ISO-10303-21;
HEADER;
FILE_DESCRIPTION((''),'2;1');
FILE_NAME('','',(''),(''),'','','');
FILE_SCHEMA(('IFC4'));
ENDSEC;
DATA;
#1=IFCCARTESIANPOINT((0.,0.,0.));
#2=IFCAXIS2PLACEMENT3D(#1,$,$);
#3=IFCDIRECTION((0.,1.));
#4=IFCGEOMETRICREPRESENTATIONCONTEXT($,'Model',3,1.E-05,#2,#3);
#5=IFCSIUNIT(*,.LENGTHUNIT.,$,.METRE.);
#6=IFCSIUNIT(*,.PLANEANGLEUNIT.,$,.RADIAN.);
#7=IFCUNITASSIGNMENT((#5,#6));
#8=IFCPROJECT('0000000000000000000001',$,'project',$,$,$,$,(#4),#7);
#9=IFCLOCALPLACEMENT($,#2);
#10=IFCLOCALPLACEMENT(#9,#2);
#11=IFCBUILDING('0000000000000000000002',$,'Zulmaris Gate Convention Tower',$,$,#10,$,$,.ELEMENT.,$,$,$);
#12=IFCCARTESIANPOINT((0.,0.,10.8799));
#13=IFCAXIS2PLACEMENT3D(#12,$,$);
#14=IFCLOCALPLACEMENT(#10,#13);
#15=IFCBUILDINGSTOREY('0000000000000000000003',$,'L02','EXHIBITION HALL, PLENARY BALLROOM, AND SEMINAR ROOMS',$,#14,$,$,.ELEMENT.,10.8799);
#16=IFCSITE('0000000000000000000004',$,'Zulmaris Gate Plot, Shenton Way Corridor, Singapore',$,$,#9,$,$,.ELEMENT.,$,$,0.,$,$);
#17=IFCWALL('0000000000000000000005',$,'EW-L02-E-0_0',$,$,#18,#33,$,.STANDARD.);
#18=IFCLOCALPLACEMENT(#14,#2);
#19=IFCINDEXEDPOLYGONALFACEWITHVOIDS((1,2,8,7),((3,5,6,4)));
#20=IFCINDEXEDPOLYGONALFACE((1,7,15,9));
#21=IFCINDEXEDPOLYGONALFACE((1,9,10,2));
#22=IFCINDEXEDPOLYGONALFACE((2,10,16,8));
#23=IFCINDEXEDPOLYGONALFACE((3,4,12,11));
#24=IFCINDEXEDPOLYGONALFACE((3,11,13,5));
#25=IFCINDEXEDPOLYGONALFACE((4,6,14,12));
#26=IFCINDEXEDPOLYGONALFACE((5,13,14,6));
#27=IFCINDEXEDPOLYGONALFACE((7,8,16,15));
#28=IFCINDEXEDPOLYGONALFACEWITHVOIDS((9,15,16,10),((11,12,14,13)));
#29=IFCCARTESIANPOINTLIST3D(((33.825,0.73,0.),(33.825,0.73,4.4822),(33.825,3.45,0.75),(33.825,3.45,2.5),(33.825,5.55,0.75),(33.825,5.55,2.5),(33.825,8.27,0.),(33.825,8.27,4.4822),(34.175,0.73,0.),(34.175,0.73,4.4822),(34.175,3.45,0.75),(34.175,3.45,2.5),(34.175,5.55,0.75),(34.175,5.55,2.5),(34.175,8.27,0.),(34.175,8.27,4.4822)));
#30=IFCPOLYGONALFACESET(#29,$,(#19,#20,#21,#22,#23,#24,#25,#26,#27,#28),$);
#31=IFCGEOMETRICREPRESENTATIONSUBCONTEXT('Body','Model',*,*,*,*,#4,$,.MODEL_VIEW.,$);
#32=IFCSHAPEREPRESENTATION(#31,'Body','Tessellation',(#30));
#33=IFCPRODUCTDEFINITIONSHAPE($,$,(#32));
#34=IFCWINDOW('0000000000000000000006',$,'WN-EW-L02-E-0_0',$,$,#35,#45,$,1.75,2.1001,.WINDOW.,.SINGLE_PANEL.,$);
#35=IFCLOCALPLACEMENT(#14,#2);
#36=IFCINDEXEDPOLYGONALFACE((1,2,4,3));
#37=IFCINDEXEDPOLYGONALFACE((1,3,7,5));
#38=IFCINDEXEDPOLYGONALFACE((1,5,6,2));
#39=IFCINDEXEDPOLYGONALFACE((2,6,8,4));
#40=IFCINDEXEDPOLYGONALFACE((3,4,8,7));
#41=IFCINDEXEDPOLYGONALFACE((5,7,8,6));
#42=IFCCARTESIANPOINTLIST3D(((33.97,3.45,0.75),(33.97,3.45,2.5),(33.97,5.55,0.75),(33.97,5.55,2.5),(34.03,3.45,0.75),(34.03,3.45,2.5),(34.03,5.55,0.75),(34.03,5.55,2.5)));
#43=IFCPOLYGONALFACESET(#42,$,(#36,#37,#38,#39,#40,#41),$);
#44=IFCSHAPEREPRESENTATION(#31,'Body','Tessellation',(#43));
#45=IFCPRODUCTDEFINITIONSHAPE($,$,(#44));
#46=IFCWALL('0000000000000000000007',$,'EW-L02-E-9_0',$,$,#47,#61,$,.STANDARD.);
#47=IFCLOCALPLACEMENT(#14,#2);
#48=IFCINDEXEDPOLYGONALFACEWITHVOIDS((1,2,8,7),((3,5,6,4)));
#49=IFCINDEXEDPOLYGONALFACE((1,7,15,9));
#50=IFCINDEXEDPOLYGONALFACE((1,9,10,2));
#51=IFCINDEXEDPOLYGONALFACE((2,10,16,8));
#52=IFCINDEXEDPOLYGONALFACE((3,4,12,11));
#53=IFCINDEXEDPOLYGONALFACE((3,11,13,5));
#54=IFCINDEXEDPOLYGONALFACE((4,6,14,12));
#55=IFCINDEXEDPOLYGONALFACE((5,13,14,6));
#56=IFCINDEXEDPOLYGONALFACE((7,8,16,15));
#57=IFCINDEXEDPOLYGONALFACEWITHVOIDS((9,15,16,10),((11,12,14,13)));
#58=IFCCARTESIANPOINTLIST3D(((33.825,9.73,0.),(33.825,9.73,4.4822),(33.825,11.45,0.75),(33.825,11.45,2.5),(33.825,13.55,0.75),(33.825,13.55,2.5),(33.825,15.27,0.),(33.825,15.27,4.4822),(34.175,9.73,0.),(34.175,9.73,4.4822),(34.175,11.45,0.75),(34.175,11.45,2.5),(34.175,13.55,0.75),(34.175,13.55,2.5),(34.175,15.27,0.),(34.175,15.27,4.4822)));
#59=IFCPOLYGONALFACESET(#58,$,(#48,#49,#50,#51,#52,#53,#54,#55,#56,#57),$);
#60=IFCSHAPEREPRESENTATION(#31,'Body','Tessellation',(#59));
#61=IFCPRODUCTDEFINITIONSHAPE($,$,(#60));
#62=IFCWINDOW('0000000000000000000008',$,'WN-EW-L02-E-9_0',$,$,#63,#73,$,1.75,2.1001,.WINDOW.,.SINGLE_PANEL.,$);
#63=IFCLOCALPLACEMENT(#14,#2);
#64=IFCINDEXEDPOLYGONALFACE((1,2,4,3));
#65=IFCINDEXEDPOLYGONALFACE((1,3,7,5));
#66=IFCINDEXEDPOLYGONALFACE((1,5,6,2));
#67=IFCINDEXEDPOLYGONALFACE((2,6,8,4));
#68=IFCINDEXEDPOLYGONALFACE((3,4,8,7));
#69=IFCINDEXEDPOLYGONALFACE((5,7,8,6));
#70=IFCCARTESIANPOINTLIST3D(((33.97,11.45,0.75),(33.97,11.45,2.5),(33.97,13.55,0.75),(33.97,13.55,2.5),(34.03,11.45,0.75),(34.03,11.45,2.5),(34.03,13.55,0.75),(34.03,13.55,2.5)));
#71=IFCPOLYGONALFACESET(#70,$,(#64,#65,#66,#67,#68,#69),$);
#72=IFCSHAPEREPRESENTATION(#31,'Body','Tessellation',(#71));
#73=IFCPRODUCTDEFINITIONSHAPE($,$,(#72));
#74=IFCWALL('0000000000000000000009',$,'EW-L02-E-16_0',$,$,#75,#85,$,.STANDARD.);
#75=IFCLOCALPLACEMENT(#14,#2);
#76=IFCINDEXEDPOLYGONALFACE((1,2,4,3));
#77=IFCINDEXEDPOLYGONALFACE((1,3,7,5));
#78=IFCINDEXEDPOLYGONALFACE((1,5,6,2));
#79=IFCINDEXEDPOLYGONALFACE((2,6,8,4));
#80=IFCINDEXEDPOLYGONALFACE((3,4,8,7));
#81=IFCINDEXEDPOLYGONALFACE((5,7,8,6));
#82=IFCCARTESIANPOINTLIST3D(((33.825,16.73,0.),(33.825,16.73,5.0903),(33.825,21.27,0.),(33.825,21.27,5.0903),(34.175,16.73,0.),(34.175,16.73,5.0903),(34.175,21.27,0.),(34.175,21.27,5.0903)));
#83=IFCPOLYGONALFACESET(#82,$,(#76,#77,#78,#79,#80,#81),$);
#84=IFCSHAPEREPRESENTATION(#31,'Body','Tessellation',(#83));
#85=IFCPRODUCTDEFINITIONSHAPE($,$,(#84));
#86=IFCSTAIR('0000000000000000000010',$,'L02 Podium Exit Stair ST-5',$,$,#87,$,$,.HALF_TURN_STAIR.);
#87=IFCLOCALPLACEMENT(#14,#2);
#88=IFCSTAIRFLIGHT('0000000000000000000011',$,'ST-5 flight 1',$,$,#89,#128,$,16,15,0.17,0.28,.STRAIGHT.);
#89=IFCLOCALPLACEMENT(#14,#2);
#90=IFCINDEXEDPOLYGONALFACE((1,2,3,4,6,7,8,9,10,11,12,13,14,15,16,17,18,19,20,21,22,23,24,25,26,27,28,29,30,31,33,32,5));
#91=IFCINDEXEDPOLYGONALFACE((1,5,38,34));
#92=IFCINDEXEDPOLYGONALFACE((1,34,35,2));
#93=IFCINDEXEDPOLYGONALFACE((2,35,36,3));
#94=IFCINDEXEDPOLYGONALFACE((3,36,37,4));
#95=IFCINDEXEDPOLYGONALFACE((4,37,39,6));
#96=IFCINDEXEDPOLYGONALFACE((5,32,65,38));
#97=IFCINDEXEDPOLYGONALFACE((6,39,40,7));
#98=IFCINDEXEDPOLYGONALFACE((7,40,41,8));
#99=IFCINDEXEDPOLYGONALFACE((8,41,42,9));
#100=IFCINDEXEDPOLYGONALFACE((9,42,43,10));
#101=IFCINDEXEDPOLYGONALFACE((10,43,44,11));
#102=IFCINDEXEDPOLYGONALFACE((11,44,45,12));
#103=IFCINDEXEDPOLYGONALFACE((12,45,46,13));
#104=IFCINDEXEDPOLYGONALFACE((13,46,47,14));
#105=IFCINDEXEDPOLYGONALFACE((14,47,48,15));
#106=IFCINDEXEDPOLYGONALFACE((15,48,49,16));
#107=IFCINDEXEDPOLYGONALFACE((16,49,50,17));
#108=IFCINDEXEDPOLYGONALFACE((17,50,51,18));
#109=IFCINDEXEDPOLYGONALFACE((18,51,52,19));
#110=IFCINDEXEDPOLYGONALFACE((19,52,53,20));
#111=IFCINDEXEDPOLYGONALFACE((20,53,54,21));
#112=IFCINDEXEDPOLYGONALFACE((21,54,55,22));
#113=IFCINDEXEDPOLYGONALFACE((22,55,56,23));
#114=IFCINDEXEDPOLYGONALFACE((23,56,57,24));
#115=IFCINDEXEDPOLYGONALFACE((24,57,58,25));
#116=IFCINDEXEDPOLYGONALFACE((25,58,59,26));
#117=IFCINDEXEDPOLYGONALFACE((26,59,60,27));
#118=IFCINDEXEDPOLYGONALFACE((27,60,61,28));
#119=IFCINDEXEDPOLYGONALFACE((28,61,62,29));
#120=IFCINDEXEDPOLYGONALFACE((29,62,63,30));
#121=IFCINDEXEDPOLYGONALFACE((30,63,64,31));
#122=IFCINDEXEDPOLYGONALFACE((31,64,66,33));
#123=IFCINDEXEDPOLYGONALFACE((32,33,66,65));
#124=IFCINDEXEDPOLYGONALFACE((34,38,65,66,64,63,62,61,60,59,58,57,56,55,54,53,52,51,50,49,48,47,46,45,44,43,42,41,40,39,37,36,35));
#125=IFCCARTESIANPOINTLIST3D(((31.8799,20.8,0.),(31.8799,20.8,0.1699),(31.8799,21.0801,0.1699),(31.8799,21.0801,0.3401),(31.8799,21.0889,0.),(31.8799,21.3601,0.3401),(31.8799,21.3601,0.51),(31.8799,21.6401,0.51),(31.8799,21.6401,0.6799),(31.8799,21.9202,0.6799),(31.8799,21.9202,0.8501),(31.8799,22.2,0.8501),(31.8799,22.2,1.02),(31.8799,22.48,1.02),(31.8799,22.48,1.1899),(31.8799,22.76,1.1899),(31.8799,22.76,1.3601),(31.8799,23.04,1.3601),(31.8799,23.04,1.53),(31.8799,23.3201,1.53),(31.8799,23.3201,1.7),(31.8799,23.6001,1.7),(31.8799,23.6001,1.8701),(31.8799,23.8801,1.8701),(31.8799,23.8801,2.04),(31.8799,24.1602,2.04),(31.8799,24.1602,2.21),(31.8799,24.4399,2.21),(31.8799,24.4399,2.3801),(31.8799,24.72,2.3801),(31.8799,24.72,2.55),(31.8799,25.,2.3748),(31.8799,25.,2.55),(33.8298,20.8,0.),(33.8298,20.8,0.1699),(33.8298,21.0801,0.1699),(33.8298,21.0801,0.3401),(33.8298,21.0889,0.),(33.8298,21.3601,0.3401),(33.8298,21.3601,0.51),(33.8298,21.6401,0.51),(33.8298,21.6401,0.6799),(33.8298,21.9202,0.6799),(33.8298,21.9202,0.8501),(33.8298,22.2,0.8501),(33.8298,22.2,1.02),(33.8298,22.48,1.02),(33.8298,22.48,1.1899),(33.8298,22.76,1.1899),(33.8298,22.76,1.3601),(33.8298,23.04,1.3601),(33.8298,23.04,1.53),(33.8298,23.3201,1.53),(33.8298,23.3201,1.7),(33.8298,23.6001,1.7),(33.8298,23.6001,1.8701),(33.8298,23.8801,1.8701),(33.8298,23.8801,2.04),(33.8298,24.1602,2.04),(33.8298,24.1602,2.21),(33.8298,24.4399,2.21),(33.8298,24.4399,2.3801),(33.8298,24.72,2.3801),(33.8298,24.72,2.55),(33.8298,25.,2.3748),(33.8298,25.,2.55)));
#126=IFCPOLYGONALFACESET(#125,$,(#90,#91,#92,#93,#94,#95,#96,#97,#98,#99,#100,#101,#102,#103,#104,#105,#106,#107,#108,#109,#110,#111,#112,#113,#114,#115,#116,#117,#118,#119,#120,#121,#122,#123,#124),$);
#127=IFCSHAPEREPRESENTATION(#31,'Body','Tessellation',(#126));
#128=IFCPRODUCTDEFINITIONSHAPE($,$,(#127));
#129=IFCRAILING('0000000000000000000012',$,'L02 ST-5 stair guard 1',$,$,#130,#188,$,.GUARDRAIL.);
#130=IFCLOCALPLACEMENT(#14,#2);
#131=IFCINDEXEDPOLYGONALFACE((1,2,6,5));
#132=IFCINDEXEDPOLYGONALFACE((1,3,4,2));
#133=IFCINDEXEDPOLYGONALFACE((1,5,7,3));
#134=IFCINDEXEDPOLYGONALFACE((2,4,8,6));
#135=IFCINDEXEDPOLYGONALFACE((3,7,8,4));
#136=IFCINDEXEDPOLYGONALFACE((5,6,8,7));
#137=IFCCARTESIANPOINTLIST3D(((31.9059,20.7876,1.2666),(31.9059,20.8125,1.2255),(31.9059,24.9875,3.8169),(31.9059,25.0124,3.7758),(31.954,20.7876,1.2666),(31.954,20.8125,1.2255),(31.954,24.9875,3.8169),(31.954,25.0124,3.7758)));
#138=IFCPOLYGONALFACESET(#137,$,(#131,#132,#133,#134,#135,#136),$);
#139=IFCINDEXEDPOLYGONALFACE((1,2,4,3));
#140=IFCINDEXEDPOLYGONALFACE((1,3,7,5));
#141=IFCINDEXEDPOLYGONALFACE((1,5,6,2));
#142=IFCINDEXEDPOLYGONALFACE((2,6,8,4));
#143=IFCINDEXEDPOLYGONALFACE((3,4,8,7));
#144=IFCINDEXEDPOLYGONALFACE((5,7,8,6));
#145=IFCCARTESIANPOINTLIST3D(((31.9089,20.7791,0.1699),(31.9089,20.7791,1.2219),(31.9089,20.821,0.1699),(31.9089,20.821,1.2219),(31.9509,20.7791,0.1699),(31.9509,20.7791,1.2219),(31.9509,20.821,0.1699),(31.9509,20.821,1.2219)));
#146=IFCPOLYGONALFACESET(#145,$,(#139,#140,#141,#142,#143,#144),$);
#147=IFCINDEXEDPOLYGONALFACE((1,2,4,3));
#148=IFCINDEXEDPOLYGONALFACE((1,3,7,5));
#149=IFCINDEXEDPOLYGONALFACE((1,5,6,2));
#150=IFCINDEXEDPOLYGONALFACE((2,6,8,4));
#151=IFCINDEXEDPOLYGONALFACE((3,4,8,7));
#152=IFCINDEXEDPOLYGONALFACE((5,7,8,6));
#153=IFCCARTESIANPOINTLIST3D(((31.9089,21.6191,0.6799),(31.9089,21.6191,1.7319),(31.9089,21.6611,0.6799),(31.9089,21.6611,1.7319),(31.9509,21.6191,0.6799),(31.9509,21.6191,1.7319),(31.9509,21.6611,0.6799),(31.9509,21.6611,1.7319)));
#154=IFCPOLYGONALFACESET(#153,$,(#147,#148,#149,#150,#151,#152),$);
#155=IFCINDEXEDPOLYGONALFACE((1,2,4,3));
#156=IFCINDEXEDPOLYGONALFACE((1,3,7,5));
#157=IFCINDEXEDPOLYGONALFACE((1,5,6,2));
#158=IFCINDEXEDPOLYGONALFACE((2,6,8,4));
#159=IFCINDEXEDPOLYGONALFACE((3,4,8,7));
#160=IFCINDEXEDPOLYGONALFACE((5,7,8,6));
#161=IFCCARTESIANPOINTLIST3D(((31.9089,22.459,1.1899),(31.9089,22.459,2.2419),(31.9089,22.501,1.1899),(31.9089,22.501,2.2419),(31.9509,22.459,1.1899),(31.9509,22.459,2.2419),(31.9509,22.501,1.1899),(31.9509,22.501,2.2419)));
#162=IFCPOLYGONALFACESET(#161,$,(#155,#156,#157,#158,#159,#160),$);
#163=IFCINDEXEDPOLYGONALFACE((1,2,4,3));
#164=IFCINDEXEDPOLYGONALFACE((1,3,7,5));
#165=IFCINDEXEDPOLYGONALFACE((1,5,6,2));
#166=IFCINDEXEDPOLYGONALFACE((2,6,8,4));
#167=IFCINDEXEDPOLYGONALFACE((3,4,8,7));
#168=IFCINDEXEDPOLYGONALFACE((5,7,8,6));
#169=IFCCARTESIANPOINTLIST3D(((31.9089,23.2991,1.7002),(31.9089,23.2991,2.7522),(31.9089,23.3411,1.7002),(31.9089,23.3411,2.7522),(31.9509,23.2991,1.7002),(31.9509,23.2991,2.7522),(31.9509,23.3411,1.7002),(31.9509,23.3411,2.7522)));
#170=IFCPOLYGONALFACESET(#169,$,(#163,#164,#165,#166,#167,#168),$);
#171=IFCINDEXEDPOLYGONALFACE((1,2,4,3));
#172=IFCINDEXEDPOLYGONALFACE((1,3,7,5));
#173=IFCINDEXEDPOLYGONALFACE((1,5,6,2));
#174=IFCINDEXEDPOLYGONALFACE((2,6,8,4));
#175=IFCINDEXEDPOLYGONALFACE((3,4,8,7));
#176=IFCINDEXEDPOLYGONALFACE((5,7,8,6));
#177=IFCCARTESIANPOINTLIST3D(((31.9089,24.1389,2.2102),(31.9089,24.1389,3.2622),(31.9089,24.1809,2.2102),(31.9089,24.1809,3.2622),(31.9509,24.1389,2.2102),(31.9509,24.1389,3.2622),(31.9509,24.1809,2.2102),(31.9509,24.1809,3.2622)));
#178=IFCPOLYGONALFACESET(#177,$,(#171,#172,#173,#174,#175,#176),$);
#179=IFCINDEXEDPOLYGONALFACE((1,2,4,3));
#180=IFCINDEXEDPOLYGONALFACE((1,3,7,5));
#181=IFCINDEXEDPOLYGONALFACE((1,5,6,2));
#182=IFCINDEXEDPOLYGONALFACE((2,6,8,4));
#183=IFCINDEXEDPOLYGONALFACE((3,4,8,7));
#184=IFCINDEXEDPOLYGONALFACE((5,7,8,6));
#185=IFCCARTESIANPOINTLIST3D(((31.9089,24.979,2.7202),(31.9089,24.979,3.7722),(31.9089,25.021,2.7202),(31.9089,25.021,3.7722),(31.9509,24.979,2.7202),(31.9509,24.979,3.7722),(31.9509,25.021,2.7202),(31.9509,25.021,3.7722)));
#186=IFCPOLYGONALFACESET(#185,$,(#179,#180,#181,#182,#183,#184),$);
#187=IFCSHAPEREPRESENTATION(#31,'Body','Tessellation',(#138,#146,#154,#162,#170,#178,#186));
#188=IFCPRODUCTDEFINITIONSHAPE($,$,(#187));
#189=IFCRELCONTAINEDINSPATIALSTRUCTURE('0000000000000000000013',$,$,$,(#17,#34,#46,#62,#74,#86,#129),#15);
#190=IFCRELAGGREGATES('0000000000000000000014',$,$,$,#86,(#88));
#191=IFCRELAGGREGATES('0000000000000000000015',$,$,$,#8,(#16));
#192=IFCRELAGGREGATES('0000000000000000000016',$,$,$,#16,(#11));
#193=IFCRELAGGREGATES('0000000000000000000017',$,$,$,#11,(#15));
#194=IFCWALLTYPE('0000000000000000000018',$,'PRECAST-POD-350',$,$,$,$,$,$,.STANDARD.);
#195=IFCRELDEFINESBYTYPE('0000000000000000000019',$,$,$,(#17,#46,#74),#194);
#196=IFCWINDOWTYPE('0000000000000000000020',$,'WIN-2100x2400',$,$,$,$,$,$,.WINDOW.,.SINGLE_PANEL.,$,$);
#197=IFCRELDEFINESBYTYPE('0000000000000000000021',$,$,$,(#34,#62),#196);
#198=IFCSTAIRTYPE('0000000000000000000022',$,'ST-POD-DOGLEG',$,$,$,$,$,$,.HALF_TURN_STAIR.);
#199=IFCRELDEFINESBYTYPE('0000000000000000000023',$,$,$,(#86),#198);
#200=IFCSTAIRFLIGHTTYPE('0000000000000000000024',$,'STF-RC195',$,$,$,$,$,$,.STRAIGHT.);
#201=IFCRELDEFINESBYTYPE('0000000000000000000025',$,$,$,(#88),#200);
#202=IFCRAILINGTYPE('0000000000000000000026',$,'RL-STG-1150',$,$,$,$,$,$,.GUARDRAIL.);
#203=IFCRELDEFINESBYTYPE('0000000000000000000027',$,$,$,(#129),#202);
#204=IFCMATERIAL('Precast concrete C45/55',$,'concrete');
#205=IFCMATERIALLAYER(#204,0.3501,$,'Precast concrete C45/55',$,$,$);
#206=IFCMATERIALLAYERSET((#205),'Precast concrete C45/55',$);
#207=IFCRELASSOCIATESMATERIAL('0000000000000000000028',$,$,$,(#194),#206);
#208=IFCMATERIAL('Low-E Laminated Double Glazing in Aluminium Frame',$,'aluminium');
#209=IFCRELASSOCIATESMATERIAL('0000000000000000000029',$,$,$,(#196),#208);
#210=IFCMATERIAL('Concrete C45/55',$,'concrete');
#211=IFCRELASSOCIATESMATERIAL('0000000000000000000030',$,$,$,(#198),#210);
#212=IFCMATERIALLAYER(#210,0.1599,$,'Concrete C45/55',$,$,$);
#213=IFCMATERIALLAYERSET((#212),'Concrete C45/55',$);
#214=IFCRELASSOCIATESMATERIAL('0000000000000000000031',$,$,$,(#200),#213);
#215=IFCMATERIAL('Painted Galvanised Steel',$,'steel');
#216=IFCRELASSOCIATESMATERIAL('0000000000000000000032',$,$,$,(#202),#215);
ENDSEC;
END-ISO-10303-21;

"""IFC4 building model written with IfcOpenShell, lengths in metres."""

from ifc_helpers import new_model, si_unit, direction, frame, frame_2d, origin, origin_2d, place, context, subcontext, project, spatial, polyline, rectangle, outline, extrude, material, layer, layer_set, type_object, element, fill, aggregate, save


model = new_model("IFC4")

# Units and contexts
model_context = context("Model", 3, precision=1e-05, world=origin(), true_north=direction((0.0, 1.0)))
body_context = subcontext(model_context, "Body", "Model", "MODEL_VIEW")
ifc_project = project(units=[si_unit("LENGTHUNIT", "METRE"), si_unit("PLANEANGLEUNIT", "RADIAN")], contexts=[model_context])

# Site, building, storey
site_placement = place(None, origin())
site = spatial("IfcSite", under=ifc_project, at=site_placement, Name="Zulmaris Gate Plot, Shenton Way Corridor, Singapore", CompositionType="ELEMENT", RefElevation=0.0)
building_placement = place(site_placement, origin())
building = spatial("IfcBuilding", under=site, at=building_placement, Name="Zulmaris Gate Convention Tower", CompositionType="ELEMENT")
storey_placement = place(building_placement, frame((0.0, 0.0, 10.8799)))
storey = spatial("IfcBuildingStorey", under=building, at=storey_placement, Name="L02", Description="EXHIBITION HALL, PLENARY BALLROOM, AND SEMINAR ROOMS", CompositionType="ELEMENT", Elevation=10.8799)

# Walls, openings, windows
ifc_material_1 = material(Name="Precast concrete C45/55", Category="concrete")
ifc_layer_1 = layer(ifc_material_1, 0.3501, Name="Precast concrete C45/55")
ifc_layer_set_1 = layer_set([ifc_layer_1], Name="Precast concrete C45/55")
wall_type_1 = type_object("IfcWallType", Name="PRECAST-POD-350", PredefinedType="STANDARD", material=ifc_layer_set_1)
wall_1_placement = place(storey_placement, frame((34.0, 8.27, 0.0), z_axis=(0.0, 0.0, 1.0), x_axis=(0.0, -1.0, 0.0)))
wall_1 = element("IfcWall", 1, at=wall_1_placement, inside=storey, type_object=wall_type_1, Name="EW-L02-E-0_0", PredefinedType="STANDARD", context=body_context, shape_type="SweptSolid", body=[
    extrude(rectangle(XDim=7.54, YDim=0.3501, at=frame_2d((3.77, 0.0))), origin(), (0.0, 0.0, 1.0), 4.4822),
])
opening_1_placement = place(wall_1_placement, frame((2.72, 0.0, 0.75)))
opening_1 = element("IfcOpeningElement", 2, at=opening_1_placement, cuts=wall_1, PredefinedType="OPENING", context=body_context, shape_type="SweptSolid", body=[
    extrude(rectangle(XDim=2.1001, YDim=1.75, at=frame_2d((1.05, 0.875))), frame((0.0, 0.1851, 0.0), z_axis=(0.0, -1.0, 0.0), x_axis=(1.0, 0.0, 0.0)), (0.0, 0.0, 1.0), 0.3701),
])
ifc_material_2 = material(Name="Low-E Laminated Double Glazing in Aluminium Frame", Category="aluminium")
window_type = type_object("IfcWindowType", Name="WIN-2100x2400", PartitioningType="SINGLE_PANEL", PredefinedType="WINDOW", material=ifc_material_2)
window_1_placement = place(opening_1_placement, origin())
window_1 = element("IfcWindow", 3, at=window_1_placement, inside=storey, type_object=window_type, Name="WN-EW-L02-E-0_0", OverallHeight=1.75, OverallWidth=2.1001, PartitioningType="SINGLE_PANEL", PredefinedType="WINDOW", context=body_context, shape_type="SweptSolid", body=[
    extrude(rectangle(XDim=2.1001, YDim=1.75, at=frame_2d((1.05, 0.875))), frame((0.0, 0.03, 0.0), z_axis=(0.0, -1.0, 0.0), x_axis=(1.0, 0.0, 0.0)), (0.0, 0.0, 1.0), 0.0601),
])
fill(opening_1, window_1)
wall_2_placement = place(storey_placement, frame((34.0, 15.27, 0.0), z_axis=(0.0, 0.0, 1.0), x_axis=(0.0, -1.0, 0.0)))
wall_2 = element("IfcWall", 4, at=wall_2_placement, inside=storey, type_object=wall_type_1, Name="EW-L02-E-9_0", PredefinedType="STANDARD", context=body_context, shape_type="SweptSolid", body=[
    extrude(rectangle(XDim=5.54, YDim=0.3501, at=frame_2d((2.77, 0.0))), origin(), (0.0, 0.0, 1.0), 4.4822),
])
opening_2_placement = place(wall_2_placement, frame((1.72, 0.0, 0.75)))
opening_2 = element("IfcOpeningElement", 5, at=opening_2_placement, cuts=wall_2, PredefinedType="OPENING", context=body_context, shape_type="SweptSolid", body=[
    extrude(rectangle(XDim=2.1001, YDim=1.75, at=frame_2d((1.05, 0.875))), frame((0.0, 0.1851, 0.0), z_axis=(0.0, -1.0, 0.0), x_axis=(1.0, 0.0, 0.0)), (0.0, 0.0, 1.0), 0.3701),
])
window_2_placement = place(opening_2_placement, origin())
window_2 = element("IfcWindow", 6, at=window_2_placement, inside=storey, type_object=window_type, Name="WN-EW-L02-E-9_0", OverallHeight=1.75, OverallWidth=2.1001, PartitioningType="SINGLE_PANEL", PredefinedType="WINDOW", context=body_context, shape_type="SweptSolid", body=[
    extrude(rectangle(XDim=2.1001, YDim=1.75, at=frame_2d((1.05, 0.875))), frame((0.0, 0.03, 0.0), z_axis=(0.0, -1.0, 0.0), x_axis=(1.0, 0.0, 0.0)), (0.0, 0.0, 1.0), 0.0601),
])
fill(opening_2, window_2)

# Wall
wall_3_placement = place(storey_placement, frame((34.0, 21.27, 0.0), z_axis=(0.0, 0.0, 1.0), x_axis=(0.0, -1.0, 0.0)))
element("IfcWall", 7, at=wall_3_placement, inside=storey, type_object=wall_type_1, Name="EW-L02-E-16_0", PredefinedType="STANDARD", context=body_context, shape_type="SweptSolid", body=[
    extrude(rectangle(XDim=4.54, YDim=0.3501, at=frame_2d((2.27, 0.0))), origin(), (0.0, 0.0, 1.0), 5.0903),
])

# Stair, stair flight
ifc_material_3 = material(Name="Concrete C45/55", Category="concrete")
stair_type = type_object("IfcStairType", Name="ST-POD-DOGLEG", PredefinedType="HALF_TURN_STAIR", material=ifc_material_3)
stair_placement = place(storey_placement, origin())
stair = element("IfcStair", 8, at=stair_placement, inside=storey, type_object=stair_type, Name="L02 Podium Exit Stair ST-5", PredefinedType="HALF_TURN_STAIR")
ifc_layer_2 = layer(ifc_material_3, 0.1599, Name="Concrete C45/55")
ifc_layer_set_2 = layer_set([ifc_layer_2], Name="Concrete C45/55")
stair_flight_type = type_object("IfcStairFlightType", Name="STF-RC195", PredefinedType="STRAIGHT", material=ifc_layer_set_2)
stair_flight_placement = place(storey_placement, frame((32.855, 20.8, 0.0), z_axis=(0.0, 0.0, 1.0), x_axis=(0.0, 1.0, 0.0)))
stair_flight = element("IfcStairFlight", 9, at=stair_flight_placement, type_object=stair_flight_type, Name="ST-5 flight 1", NumberOfRisers=16, NumberOfTreads=15, PredefinedType="STRAIGHT", RiserHeight=0.17, TreadLength=0.28, context=body_context, shape_type="SweptSolid", body=[
    extrude(outline(polyline([(0.0, 0.0), (0.0, 0.1699), (0.28, 0.1699), (0.28, 0.3401), (0.5601, 0.3401), (0.5601, 0.51), (0.8401, 0.51), (0.8401, 0.6799), (1.1201, 0.6799), (1.1201, 0.8501), (1.3999, 0.8501), (1.3999, 1.02), (1.6799, 1.02), (1.6799, 1.1899), (1.96, 1.1899), (1.96, 1.3601), (2.24, 1.3601), (2.24, 1.53), (2.52, 1.53), (2.52, 1.7), (2.8, 1.7), (2.8, 1.8701), (3.0801, 1.8701), (3.0801, 2.04), (3.3601, 2.04), (3.3601, 2.21), (3.6399, 2.21), (3.6399, 2.3801), (3.9199, 2.3801), (3.9199, 2.55), (4.2, 2.55), (4.2, 2.7202), (4.2, 2.3748), (0.2888, 0.0), (0.0, 0.0)])), frame((0.0, 0.9751, 0.0), z_axis=(0.0, -1.0, 0.0), x_axis=(1.0, 0.0, 0.0)), (0.0, 0.0, 1.0), 1.95),
])
aggregate(stair, [stair_flight])

# Railing
ifc_material_4 = material(Name="Painted Galvanised Steel", Category="steel")
railing_type_1 = type_object("IfcRailingType", Name="RL-STG-1150", PredefinedType="GUARDRAIL", material=ifc_material_4)
railing_1_placement = place(storey_placement, frame((31.9299, 20.8, 0.1699)))
element("IfcRailing", 10, at=railing_1_placement, inside=storey, type_object=railing_type_1, Name="L02 ST-5 stair guard 1", PredefinedType="GUARDRAIL", context=body_context, shape_type="SweptSolid", body=[
    extrude(rectangle(XDim=0.0481, YDim=0.0481, at=origin_2d()), frame((0.0, 0.0, 1.0762), z_axis=(0.0, 0.854758, 0.519026), x_axis=(-1.0, 0.0, 0.0)), (0.0, 0.0, 1.0), 4.9136),
    extrude(rectangle(XDim=0.042, YDim=0.042, at=origin_2d()), origin(), (0.0, 0.0, 1.0), 1.052),
    extrude(rectangle(XDim=0.042, YDim=0.042, at=origin_2d()), frame((0.0, 0.8401, 0.51)), (0.0, 0.0, 1.0), 1.052),
    extrude(rectangle(XDim=0.042, YDim=0.042, at=origin_2d()), frame((0.0, 1.6799, 1.02)), (0.0, 0.0, 1.0), 1.052),
    extrude(rectangle(XDim=0.042, YDim=0.042, at=origin_2d()), frame((0.0, 2.52, 1.5303)), (0.0, 0.0, 1.0), 1.052),
    extrude(rectangle(XDim=0.042, YDim=0.042, at=origin_2d()), frame((0.0, 3.3599, 2.0403)), (0.0, 0.0, 1.0), 1.052),
    extrude(rectangle(XDim=0.042, YDim=0.042, at=origin_2d()), frame((0.0, 4.2, 2.5503)), (0.0, 0.0, 1.0), 1.052),
])

save(model, "model.ifc")
